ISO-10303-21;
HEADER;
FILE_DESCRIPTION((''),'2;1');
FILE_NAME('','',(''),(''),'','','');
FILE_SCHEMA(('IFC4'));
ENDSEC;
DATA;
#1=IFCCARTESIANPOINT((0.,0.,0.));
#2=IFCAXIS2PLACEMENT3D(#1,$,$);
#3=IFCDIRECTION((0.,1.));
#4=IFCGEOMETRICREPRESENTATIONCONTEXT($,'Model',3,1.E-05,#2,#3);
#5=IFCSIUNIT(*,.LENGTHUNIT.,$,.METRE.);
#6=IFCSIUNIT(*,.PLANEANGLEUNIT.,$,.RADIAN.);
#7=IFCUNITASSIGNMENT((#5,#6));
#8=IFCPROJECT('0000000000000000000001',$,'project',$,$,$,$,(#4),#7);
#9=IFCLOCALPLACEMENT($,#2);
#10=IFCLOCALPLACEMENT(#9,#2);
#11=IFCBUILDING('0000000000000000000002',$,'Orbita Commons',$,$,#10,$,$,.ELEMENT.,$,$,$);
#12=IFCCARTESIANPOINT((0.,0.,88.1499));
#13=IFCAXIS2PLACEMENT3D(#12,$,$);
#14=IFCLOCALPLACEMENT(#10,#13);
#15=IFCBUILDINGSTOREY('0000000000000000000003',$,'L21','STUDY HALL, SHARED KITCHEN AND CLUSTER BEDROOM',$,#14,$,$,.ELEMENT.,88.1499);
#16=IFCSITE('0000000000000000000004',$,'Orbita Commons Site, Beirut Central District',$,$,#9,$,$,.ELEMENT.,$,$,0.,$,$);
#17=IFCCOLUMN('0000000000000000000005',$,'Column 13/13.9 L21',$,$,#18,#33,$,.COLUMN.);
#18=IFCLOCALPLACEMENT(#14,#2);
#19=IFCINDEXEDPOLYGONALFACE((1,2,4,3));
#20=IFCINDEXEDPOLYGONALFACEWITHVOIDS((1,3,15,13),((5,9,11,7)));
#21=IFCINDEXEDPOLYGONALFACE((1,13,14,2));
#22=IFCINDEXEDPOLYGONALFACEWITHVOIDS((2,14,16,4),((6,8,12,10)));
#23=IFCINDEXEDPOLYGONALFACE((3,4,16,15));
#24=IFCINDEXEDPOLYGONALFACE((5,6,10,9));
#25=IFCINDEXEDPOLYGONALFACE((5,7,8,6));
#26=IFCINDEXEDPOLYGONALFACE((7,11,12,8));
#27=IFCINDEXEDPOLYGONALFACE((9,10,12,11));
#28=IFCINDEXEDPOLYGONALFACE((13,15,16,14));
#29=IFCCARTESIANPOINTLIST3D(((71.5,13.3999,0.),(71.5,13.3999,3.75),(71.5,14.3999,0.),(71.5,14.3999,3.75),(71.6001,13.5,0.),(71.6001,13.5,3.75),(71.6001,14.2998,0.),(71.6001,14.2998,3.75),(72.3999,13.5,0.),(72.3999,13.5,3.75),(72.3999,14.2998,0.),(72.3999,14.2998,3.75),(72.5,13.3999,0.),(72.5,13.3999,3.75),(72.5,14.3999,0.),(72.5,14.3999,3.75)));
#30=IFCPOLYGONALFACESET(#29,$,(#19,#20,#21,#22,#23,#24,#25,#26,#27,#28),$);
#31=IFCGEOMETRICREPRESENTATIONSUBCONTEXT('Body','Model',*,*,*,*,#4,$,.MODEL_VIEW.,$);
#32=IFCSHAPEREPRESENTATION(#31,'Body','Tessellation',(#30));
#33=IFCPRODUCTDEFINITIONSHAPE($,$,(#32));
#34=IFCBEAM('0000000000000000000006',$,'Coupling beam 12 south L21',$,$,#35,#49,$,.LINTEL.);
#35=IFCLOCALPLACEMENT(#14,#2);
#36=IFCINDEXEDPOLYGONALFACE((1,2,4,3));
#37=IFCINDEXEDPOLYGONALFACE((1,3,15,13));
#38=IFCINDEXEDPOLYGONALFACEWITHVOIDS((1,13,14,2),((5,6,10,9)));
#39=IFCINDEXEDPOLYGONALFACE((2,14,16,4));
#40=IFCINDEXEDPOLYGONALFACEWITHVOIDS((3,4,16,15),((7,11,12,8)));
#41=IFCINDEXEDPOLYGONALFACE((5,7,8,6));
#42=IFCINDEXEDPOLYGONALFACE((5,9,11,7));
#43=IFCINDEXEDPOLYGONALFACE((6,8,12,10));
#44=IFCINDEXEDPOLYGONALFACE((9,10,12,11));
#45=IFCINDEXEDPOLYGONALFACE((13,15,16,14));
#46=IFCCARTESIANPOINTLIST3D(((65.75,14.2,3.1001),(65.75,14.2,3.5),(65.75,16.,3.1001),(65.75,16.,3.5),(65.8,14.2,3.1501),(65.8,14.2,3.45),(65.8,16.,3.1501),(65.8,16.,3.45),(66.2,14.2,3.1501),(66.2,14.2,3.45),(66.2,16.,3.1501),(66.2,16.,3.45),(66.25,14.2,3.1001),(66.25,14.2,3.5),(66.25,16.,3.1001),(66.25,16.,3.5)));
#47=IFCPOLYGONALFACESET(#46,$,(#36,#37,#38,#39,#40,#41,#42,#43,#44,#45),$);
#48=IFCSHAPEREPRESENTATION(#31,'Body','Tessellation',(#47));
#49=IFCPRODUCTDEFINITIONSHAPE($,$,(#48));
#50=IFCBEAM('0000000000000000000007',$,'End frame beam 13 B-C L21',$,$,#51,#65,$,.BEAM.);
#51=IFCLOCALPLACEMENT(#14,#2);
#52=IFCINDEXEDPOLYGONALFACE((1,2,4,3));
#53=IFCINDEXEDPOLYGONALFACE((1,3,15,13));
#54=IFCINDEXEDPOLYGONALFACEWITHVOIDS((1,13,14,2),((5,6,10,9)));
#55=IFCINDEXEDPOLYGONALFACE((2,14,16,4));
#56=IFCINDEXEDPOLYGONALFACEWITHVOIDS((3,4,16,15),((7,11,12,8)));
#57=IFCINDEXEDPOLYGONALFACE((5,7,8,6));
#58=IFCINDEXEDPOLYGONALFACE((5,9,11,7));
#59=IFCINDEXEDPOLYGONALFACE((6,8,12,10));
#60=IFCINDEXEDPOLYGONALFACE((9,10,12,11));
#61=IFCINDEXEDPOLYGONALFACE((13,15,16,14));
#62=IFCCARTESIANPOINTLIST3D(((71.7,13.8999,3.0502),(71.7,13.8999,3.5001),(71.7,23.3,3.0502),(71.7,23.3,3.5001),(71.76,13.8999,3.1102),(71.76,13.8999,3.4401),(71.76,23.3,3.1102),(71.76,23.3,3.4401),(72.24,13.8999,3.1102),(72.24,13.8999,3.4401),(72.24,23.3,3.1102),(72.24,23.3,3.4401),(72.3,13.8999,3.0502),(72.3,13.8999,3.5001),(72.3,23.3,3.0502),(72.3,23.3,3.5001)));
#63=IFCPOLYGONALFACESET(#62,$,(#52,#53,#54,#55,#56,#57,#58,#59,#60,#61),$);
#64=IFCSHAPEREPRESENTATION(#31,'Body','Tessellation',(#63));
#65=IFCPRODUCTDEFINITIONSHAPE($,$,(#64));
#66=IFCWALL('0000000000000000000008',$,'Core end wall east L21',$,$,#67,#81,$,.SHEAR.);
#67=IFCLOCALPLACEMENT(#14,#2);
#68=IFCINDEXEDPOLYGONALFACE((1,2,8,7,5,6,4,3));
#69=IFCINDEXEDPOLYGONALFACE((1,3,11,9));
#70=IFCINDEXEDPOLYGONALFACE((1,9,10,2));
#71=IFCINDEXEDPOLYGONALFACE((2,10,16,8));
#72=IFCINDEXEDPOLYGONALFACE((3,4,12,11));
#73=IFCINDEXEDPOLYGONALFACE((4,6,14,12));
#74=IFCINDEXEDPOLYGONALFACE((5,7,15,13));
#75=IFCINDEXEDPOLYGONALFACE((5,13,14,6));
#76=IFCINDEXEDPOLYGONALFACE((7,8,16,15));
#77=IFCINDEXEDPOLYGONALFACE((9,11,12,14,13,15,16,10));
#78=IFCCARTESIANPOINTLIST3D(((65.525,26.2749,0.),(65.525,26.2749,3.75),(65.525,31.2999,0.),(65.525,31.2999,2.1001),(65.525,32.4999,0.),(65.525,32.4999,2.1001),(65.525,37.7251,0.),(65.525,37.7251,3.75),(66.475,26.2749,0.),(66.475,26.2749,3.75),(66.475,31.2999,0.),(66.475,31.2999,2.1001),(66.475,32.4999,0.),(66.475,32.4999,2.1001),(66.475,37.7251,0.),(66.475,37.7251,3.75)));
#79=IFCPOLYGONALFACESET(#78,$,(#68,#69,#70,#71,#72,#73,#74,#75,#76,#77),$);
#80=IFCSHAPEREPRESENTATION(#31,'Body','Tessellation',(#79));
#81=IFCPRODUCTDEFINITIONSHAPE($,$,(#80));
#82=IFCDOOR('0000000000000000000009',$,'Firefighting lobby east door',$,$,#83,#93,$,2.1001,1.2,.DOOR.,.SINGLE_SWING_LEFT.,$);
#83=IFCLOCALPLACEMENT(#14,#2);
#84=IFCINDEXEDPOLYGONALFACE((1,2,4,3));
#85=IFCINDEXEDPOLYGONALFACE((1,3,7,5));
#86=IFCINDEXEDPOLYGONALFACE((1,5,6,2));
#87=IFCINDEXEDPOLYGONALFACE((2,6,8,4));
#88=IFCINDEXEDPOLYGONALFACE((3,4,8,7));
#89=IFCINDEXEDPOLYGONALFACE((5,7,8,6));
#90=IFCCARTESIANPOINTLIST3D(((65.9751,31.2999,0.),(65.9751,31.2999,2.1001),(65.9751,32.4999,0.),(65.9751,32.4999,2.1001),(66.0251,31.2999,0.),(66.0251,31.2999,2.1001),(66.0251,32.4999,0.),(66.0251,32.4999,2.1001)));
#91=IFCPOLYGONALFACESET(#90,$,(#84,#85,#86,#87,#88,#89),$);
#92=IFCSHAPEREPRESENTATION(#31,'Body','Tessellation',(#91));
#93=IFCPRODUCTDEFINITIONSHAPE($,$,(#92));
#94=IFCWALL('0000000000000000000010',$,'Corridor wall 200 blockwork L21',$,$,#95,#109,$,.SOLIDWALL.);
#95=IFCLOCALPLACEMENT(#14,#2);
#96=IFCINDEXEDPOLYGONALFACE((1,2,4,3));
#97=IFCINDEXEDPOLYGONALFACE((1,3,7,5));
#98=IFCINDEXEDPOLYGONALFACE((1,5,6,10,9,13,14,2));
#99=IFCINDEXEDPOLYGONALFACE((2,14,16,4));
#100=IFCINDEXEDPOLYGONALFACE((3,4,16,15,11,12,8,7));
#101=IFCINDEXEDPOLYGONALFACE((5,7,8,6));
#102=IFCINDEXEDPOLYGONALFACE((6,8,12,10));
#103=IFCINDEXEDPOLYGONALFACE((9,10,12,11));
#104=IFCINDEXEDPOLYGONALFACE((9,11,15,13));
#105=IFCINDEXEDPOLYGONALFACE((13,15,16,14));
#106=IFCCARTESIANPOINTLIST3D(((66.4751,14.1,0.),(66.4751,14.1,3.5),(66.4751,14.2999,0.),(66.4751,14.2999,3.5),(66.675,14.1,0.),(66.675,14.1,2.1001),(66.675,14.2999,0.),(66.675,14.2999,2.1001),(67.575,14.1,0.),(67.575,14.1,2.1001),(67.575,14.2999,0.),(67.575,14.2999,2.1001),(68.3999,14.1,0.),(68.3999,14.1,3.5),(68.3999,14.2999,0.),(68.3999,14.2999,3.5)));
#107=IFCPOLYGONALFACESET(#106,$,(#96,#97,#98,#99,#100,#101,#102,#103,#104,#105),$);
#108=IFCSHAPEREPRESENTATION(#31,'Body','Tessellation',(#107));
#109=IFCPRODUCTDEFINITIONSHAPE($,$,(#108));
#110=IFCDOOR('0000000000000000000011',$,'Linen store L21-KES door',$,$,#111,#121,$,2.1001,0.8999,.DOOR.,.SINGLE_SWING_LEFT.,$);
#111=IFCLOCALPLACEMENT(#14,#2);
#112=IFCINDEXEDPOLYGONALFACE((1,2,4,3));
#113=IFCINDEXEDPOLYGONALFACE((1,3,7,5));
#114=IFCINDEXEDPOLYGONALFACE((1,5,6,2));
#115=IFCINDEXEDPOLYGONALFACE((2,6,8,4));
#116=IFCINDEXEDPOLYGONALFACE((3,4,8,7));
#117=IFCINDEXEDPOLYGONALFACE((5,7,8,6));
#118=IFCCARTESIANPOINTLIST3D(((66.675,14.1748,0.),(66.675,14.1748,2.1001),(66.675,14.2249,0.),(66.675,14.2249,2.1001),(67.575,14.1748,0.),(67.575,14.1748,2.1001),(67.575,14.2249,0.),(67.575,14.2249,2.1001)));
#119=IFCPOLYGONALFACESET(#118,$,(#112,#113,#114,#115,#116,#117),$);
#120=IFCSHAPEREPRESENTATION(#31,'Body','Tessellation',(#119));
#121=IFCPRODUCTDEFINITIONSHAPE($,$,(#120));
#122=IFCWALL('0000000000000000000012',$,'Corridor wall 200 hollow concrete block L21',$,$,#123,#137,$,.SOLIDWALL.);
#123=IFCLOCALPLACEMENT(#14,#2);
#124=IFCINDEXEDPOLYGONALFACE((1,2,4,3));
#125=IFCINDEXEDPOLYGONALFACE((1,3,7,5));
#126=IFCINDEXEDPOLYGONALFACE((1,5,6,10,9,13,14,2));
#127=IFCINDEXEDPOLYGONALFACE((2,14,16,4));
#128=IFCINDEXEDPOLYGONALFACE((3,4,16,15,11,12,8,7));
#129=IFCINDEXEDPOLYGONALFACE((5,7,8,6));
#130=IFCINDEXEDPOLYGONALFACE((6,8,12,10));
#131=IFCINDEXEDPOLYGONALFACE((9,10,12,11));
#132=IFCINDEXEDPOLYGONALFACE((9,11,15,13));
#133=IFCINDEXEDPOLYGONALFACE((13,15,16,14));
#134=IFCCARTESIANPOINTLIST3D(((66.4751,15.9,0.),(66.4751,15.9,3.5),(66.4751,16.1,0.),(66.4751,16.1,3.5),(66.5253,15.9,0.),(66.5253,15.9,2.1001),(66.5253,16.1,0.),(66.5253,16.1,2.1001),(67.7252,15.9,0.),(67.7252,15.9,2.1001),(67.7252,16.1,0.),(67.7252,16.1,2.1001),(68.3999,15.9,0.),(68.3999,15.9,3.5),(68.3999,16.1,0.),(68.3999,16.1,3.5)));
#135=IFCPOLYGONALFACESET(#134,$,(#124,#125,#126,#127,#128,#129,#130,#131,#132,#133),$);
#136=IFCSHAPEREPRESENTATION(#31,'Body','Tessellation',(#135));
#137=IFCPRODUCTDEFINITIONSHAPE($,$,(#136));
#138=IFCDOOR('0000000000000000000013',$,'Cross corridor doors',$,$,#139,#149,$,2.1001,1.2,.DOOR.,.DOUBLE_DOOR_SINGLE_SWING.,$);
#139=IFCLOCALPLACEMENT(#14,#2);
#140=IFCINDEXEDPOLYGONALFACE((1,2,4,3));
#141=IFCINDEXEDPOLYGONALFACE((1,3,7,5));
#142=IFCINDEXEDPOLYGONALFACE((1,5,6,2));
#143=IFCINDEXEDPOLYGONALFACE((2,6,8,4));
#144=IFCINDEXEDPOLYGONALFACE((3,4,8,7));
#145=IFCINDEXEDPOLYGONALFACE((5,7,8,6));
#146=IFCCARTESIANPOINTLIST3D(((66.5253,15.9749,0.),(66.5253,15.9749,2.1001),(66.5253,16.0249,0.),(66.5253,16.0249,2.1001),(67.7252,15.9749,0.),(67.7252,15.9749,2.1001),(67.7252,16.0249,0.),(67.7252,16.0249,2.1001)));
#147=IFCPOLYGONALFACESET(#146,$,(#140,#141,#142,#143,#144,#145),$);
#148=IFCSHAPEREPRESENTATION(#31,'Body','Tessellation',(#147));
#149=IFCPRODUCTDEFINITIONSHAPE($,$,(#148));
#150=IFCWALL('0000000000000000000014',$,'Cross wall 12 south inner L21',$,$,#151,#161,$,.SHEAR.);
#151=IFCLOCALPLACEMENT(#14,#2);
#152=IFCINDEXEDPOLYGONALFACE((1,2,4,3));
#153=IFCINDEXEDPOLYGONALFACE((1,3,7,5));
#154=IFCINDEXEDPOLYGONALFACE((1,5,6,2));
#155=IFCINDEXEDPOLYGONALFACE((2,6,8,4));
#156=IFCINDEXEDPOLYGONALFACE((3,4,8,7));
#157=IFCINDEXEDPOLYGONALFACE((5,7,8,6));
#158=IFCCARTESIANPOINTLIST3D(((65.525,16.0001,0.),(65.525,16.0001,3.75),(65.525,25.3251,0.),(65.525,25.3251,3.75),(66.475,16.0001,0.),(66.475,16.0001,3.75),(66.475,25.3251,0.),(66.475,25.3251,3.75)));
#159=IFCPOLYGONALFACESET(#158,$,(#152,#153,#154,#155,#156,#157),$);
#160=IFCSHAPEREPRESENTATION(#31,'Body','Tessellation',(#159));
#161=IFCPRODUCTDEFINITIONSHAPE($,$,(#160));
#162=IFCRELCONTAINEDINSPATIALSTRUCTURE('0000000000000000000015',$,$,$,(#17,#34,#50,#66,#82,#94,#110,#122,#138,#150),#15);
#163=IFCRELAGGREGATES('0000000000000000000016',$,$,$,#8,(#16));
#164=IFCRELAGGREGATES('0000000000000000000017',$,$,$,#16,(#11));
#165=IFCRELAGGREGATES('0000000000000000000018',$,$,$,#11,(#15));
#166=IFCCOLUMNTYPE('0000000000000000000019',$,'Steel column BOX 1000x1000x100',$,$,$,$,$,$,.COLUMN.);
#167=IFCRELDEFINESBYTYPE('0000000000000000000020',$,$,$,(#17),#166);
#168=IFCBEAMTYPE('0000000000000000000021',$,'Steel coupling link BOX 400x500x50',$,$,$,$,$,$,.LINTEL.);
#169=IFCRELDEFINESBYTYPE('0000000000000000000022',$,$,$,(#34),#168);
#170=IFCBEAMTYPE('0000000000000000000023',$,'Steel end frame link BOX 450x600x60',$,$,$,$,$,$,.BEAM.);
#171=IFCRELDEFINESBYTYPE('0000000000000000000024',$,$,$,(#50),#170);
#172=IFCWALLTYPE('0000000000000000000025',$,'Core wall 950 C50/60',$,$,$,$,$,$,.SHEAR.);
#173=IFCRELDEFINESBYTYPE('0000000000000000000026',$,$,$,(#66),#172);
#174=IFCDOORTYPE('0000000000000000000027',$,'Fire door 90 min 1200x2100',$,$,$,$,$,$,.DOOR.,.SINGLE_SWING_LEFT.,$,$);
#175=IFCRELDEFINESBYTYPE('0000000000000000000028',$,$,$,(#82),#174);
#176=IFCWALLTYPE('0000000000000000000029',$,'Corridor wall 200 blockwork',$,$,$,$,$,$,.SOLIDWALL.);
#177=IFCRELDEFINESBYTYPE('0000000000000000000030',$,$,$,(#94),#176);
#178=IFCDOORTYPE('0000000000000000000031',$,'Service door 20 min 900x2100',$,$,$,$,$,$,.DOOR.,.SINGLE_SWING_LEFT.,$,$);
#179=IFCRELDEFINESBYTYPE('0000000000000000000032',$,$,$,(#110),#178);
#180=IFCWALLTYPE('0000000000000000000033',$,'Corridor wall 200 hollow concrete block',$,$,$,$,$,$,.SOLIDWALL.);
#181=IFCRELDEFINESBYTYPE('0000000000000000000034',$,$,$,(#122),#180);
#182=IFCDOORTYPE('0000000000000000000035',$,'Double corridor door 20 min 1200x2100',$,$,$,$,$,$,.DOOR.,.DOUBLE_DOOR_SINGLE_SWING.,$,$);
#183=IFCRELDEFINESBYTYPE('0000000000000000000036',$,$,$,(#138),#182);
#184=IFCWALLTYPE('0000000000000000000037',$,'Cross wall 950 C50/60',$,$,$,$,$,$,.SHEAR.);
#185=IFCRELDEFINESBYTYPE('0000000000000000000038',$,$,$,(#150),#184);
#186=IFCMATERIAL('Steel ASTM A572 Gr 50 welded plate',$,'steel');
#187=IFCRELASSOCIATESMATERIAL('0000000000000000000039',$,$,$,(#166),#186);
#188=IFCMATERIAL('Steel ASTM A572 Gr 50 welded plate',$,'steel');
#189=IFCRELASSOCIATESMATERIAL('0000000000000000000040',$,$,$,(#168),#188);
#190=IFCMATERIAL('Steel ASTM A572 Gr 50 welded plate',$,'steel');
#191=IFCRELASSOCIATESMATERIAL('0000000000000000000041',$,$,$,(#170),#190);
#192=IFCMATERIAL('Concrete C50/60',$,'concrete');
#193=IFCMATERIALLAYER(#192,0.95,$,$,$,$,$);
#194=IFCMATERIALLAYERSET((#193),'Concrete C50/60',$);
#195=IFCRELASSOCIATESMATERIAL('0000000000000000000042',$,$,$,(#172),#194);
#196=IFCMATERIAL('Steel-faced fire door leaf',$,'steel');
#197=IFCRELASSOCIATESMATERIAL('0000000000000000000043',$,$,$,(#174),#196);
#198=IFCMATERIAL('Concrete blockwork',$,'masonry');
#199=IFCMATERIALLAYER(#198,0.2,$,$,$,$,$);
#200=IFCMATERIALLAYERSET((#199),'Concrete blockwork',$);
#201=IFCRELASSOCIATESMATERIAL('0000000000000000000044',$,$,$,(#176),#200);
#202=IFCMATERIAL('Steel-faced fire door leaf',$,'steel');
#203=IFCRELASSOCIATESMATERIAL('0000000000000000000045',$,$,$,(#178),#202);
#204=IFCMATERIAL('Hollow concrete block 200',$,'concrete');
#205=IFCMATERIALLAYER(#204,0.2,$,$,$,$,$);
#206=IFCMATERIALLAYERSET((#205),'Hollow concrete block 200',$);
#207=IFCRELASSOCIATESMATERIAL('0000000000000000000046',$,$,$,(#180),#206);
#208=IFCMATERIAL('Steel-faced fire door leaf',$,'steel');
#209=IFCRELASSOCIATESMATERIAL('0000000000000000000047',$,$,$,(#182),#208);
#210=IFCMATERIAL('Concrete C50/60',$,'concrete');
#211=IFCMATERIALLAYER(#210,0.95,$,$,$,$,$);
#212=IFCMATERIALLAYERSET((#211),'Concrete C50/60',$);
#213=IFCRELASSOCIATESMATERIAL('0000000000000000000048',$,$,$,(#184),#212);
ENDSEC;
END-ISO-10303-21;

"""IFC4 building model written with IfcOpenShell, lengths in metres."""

from ifc_helpers import new_model, si_unit, direction, frame, frame_2d, origin, origin_2d, place, context, subcontext, project, spatial, rectangle, hollow_rectangle, extrude, material, layer, layer_set, material_profile, profile_set, type_object, element, fill, save


model = new_model("IFC4")

# Units and contexts
model_context = context("Model", 3, precision=1e-05, world=origin(), true_north=direction((0.0, 1.0)))
body_context = subcontext(model_context, "Body", "Model", "MODEL_VIEW")
ifc_project = project(units=[si_unit("LENGTHUNIT", "METRE"), si_unit("PLANEANGLEUNIT", "RADIAN")], contexts=[model_context])

# Site, building, storey
site_placement = place(None, origin())
site = spatial("IfcSite", under=ifc_project, at=site_placement, Name="Orbita Commons Site, Beirut Central District", CompositionType="ELEMENT", RefElevation=0.0)
building_placement = place(site_placement, origin())
building = spatial("IfcBuilding", under=site, at=building_placement, Name="Orbita Commons", CompositionType="ELEMENT")
storey_placement = place(building_placement, frame((0.0, 0.0, 88.1499)))
storey = spatial("IfcBuildingStorey", under=building, at=storey_placement, Name="L21", Description="STUDY HALL, SHARED KITCHEN AND CLUSTER BEDROOM", CompositionType="ELEMENT", Elevation=88.1499)

# Column
ifc_material_1 = material(Name="Steel ASTM A572 Gr 50 welded plate", Category="steel")
ifc_material_profile_1 = material_profile(ifc_material_1, hollow_rectangle(XDim=1.0, YDim=1.0, WallThickness=0.1001, at=origin_2d()), Name="BOX 1000x1000x100")
ifc_profile_set_1 = profile_set([ifc_material_profile_1], Name="Steel ASTM A572 Gr 50 welded plate")
column_type = type_object("IfcColumnType", Name="Steel column BOX 1000x1000x100", PredefinedType="COLUMN", material=ifc_profile_set_1)
column_placement = place(storey_placement, frame((72.0, 13.8999, 0.0), z_axis=(0.0, 0.0, 1.0), x_axis=(1.0, 0.0, 0.0)))
element("IfcColumn", 1, at=column_placement, inside=storey, type_object=column_type, Name="Column 13/13.9 L21", PredefinedType="COLUMN", context=body_context, shape_type="SweptSolid", body=[
    extrude(hollow_rectangle(XDim=1.0, YDim=1.0, WallThickness=0.1001, at=origin_2d()), origin(), (0.0, 0.0, 1.0), 3.75),
])

# Beams
ifc_material_2 = material(Name="Steel ASTM A572 Gr 50 welded plate", Category="steel")
ifc_material_profile_2 = material_profile(ifc_material_2, hollow_rectangle(XDim=0.5, YDim=0.3999, WallThickness=0.05, at=origin_2d()), Name="BOX 400x500x50")
ifc_profile_set_2 = profile_set([ifc_material_profile_2], Name="Steel ASTM A572 Gr 50 welded plate")
beam_type_1 = type_object("IfcBeamType", Name="Steel coupling link BOX 400x500x50", PredefinedType="LINTEL", material=ifc_profile_set_2)
beam_1_placement = place(storey_placement, frame((66.0, 14.2, 3.3), z_axis=(0.0, 1.0, 0.0), x_axis=(-1.0, 0.0, 0.0)))
element("IfcBeam", 2, at=beam_1_placement, inside=storey, type_object=beam_type_1, Name="Coupling beam 12 south L21", PredefinedType="LINTEL", context=body_context, shape_type="SweptSolid", body=[
    extrude(hollow_rectangle(XDim=0.5, YDim=0.3999, WallThickness=0.05, at=origin_2d()), origin(), (0.0, 0.0, 1.0), 1.8),
])
ifc_material_3 = material(Name="Steel ASTM A572 Gr 50 welded plate", Category="steel")
ifc_material_profile_3 = material_profile(ifc_material_3, hollow_rectangle(XDim=0.6001, YDim=0.45, WallThickness=0.0601, at=origin_2d()), Name="BOX 450x600x60")
ifc_profile_set_3 = profile_set([ifc_material_profile_3], Name="Steel ASTM A572 Gr 50 welded plate")
beam_type_2 = type_object("IfcBeamType", Name="Steel end frame link BOX 450x600x60", PredefinedType="BEAM", material=ifc_profile_set_3)
beam_2_placement = place(storey_placement, frame((72.0, 13.8999, 3.2751), z_axis=(0.0, 1.0, 0.0), x_axis=(-1.0, 0.0, 0.0)))
element("IfcBeam", 3, at=beam_2_placement, inside=storey, type_object=beam_type_2, Name="End frame beam 13 B-C L21", PredefinedType="BEAM", context=body_context, shape_type="SweptSolid", body=[
    extrude(hollow_rectangle(XDim=0.6001, YDim=0.45, WallThickness=0.0601, at=origin_2d()), origin(), (0.0, 0.0, 1.0), 9.4001),
])

# Walls, openings, doors
ifc_material_4 = material(Name="Concrete C50/60", Category="concrete")
ifc_layer_1 = layer(ifc_material_4, 0.95)
ifc_layer_set_1 = layer_set([ifc_layer_1], Name="Concrete C50/60")
wall_type_1 = type_object("IfcWallType", Name="Core wall 950 C50/60", PredefinedType="SHEAR", material=ifc_layer_set_1)
wall_1_placement = place(storey_placement, frame((66.0, 26.2749, 0.0), z_axis=(0.0, 0.0, 1.0), x_axis=(0.0, 1.0, 0.0)))
wall_1 = element("IfcWall", 4, at=wall_1_placement, inside=storey, type_object=wall_type_1, Name="Core end wall east L21", PredefinedType="SHEAR", context=body_context, shape_type="SweptSolid", body=[
    extrude(rectangle(XDim=11.4502, YDim=0.95, at=frame_2d((5.7251, 0.0))), origin(), (0.0, 0.0, 1.0), 3.75),
])
opening_1_placement = place(wall_1_placement, frame((5.0249, 0.0, 0.0)))
opening_1 = element("IfcOpeningElement", 5, at=opening_1_placement, cuts=wall_1, PredefinedType="OPENING", context=body_context, shape_type="SweptSolid", body=[
    extrude(rectangle(XDim=1.2, YDim=2.1001, at=frame_2d((0.6001, 1.05))), frame((0.0, 0.4849, 0.0), z_axis=(0.0, -1.0, 0.0), x_axis=(1.0, 0.0, 0.0)), (0.0, 0.0, 1.0), 0.97),
])
ifc_material_5 = material(Name="Steel-faced fire door leaf", Category="steel")
door_type_1 = type_object("IfcDoorType", Name="Fire door 90 min 1200x2100", OperationType="SINGLE_SWING_LEFT", PredefinedType="DOOR", material=ifc_material_5)
door_1_placement = place(opening_1_placement, origin())
door_1 = element("IfcDoor", 6, at=door_1_placement, inside=storey, type_object=door_type_1, Name="Firefighting lobby east door", OperationType="SINGLE_SWING_LEFT", OverallHeight=2.1001, OverallWidth=1.2, PredefinedType="DOOR", context=body_context, shape_type="SweptSolid", body=[
    extrude(rectangle(XDim=1.2, YDim=2.1001, at=frame_2d((0.6001, 1.05))), frame((0.0, 0.0249, 0.0), z_axis=(0.0, -1.0, 0.0), x_axis=(1.0, 0.0, 0.0)), (0.0, 0.0, 1.0), 0.05),
])
fill(opening_1, door_1)
ifc_material_6 = material(Name="Concrete blockwork", Category="masonry")
ifc_layer_2 = layer(ifc_material_6, 0.2)
ifc_layer_set_2 = layer_set([ifc_layer_2], Name="Concrete blockwork")
wall_type_2 = type_object("IfcWallType", Name="Corridor wall 200 blockwork", PredefinedType="SOLIDWALL", material=ifc_layer_set_2)
wall_2_placement = place(storey_placement, frame((66.4751, 14.2, 0.0), z_axis=(0.0, 0.0, 1.0), x_axis=(1.0, 0.0, 0.0)))
wall_2 = element("IfcWall", 7, at=wall_2_placement, inside=storey, type_object=wall_type_2, Name="Corridor wall 200 blockwork L21", PredefinedType="SOLIDWALL", context=body_context, shape_type="SweptSolid", body=[
    extrude(rectangle(XDim=1.9248, YDim=0.2, at=frame_2d((0.9624, 0.0))), origin(), (0.0, 0.0, 1.0), 3.5),
])
opening_2_placement = place(wall_2_placement, frame((0.2, 0.0, 0.0)))
opening_2 = element("IfcOpeningElement", 8, at=opening_2_placement, cuts=wall_2, PredefinedType="OPENING", context=body_context, shape_type="SweptSolid", body=[
    extrude(rectangle(XDim=0.8999, YDim=2.1001, at=frame_2d((0.45, 1.05))), frame((0.0, 0.1099, 0.0), z_axis=(0.0, -1.0, 0.0), x_axis=(1.0, 0.0, 0.0)), (0.0, 0.0, 1.0), 0.22),
])
ifc_material_7 = material(Name="Steel-faced fire door leaf", Category="steel")
door_type_2 = type_object("IfcDoorType", Name="Service door 20 min 900x2100", OperationType="SINGLE_SWING_LEFT", PredefinedType="DOOR", material=ifc_material_7)
door_2_placement = place(opening_2_placement, origin())
door_2 = element("IfcDoor", 9, at=door_2_placement, inside=storey, type_object=door_type_2, Name="Linen store L21-KES door", OperationType="SINGLE_SWING_LEFT", OverallHeight=2.1001, OverallWidth=0.8999, PredefinedType="DOOR", context=body_context, shape_type="SweptSolid", body=[
    extrude(rectangle(XDim=0.8999, YDim=2.1001, at=frame_2d((0.45, 1.05))), frame((0.0, 0.0249, 0.0), z_axis=(0.0, -1.0, 0.0), x_axis=(1.0, 0.0, 0.0)), (0.0, 0.0, 1.0), 0.05),
])
fill(opening_2, door_2)
ifc_material_8 = material(Name="Hollow concrete block 200", Category="concrete")
ifc_layer_3 = layer(ifc_material_8, 0.2)
ifc_layer_set_3 = layer_set([ifc_layer_3], Name="Hollow concrete block 200")
wall_type_3 = type_object("IfcWallType", Name="Corridor wall 200 hollow concrete block", PredefinedType="SOLIDWALL", material=ifc_layer_set_3)
wall_3_placement = place(storey_placement, frame((66.4751, 16.0, 0.0), z_axis=(0.0, 0.0, 1.0), x_axis=(1.0, 0.0, 0.0)))
wall_3 = element("IfcWall", 10, at=wall_3_placement, inside=storey, type_object=wall_type_3, Name="Corridor wall 200 hollow concrete block L21", PredefinedType="SOLIDWALL", context=body_context, shape_type="SweptSolid", body=[
    extrude(rectangle(XDim=1.9248, YDim=0.2, at=frame_2d((0.9624, 0.0))), origin(), (0.0, 0.0, 1.0), 3.5),
])
opening_3_placement = place(wall_3_placement, frame((0.05, 0.0, 0.0)))
opening_3 = element("IfcOpeningElement", 11, at=opening_3_placement, cuts=wall_3, PredefinedType="OPENING", context=body_context, shape_type="SweptSolid", body=[
    extrude(rectangle(XDim=1.2, YDim=2.1001, at=frame_2d((0.6001, 1.05))), frame((0.0, 0.1099, 0.0), z_axis=(0.0, -1.0, 0.0), x_axis=(1.0, 0.0, 0.0)), (0.0, 0.0, 1.0), 0.22),
])
ifc_material_9 = material(Name="Steel-faced fire door leaf", Category="steel")
door_type_3 = type_object("IfcDoorType", Name="Double corridor door 20 min 1200x2100", OperationType="DOUBLE_DOOR_SINGLE_SWING", PredefinedType="DOOR", material=ifc_material_9)
door_3_placement = place(opening_3_placement, origin())
door_3 = element("IfcDoor", 12, at=door_3_placement, inside=storey, type_object=door_type_3, Name="Cross corridor doors", OperationType="DOUBLE_DOOR_SINGLE_SWING", OverallHeight=2.1001, OverallWidth=1.2, PredefinedType="DOOR", context=body_context, shape_type="SweptSolid", body=[
    extrude(rectangle(XDim=1.2, YDim=2.1001, at=frame_2d((0.6001, 1.05))), frame((0.0, 0.0249, 0.0), z_axis=(0.0, -1.0, 0.0), x_axis=(1.0, 0.0, 0.0)), (0.0, 0.0, 1.0), 0.05),
])
fill(opening_3, door_3)

# Wall
ifc_material_10 = material(Name="Concrete C50/60", Category="concrete")
ifc_layer_4 = layer(ifc_material_10, 0.95)
ifc_layer_set_4 = layer_set([ifc_layer_4], Name="Concrete C50/60")
wall_type_4 = type_object("IfcWallType", Name="Cross wall 950 C50/60", PredefinedType="SHEAR", material=ifc_layer_set_4)
wall_4_placement = place(storey_placement, frame((66.0, 16.0, 0.0), z_axis=(0.0, 0.0, 1.0), x_axis=(0.0, 1.0, 0.0)))
element("IfcWall", 13, at=wall_4_placement, inside=storey, type_object=wall_type_4, Name="Cross wall 12 south inner L21", PredefinedType="SHEAR", context=body_context, shape_type="SweptSolid", body=[
    extrude(rectangle(XDim=9.325, YDim=0.95, at=frame_2d((4.6626, 0.0))), origin(), (0.0, 0.0, 1.0), 3.75),
])

save(model, "model.ifc")
